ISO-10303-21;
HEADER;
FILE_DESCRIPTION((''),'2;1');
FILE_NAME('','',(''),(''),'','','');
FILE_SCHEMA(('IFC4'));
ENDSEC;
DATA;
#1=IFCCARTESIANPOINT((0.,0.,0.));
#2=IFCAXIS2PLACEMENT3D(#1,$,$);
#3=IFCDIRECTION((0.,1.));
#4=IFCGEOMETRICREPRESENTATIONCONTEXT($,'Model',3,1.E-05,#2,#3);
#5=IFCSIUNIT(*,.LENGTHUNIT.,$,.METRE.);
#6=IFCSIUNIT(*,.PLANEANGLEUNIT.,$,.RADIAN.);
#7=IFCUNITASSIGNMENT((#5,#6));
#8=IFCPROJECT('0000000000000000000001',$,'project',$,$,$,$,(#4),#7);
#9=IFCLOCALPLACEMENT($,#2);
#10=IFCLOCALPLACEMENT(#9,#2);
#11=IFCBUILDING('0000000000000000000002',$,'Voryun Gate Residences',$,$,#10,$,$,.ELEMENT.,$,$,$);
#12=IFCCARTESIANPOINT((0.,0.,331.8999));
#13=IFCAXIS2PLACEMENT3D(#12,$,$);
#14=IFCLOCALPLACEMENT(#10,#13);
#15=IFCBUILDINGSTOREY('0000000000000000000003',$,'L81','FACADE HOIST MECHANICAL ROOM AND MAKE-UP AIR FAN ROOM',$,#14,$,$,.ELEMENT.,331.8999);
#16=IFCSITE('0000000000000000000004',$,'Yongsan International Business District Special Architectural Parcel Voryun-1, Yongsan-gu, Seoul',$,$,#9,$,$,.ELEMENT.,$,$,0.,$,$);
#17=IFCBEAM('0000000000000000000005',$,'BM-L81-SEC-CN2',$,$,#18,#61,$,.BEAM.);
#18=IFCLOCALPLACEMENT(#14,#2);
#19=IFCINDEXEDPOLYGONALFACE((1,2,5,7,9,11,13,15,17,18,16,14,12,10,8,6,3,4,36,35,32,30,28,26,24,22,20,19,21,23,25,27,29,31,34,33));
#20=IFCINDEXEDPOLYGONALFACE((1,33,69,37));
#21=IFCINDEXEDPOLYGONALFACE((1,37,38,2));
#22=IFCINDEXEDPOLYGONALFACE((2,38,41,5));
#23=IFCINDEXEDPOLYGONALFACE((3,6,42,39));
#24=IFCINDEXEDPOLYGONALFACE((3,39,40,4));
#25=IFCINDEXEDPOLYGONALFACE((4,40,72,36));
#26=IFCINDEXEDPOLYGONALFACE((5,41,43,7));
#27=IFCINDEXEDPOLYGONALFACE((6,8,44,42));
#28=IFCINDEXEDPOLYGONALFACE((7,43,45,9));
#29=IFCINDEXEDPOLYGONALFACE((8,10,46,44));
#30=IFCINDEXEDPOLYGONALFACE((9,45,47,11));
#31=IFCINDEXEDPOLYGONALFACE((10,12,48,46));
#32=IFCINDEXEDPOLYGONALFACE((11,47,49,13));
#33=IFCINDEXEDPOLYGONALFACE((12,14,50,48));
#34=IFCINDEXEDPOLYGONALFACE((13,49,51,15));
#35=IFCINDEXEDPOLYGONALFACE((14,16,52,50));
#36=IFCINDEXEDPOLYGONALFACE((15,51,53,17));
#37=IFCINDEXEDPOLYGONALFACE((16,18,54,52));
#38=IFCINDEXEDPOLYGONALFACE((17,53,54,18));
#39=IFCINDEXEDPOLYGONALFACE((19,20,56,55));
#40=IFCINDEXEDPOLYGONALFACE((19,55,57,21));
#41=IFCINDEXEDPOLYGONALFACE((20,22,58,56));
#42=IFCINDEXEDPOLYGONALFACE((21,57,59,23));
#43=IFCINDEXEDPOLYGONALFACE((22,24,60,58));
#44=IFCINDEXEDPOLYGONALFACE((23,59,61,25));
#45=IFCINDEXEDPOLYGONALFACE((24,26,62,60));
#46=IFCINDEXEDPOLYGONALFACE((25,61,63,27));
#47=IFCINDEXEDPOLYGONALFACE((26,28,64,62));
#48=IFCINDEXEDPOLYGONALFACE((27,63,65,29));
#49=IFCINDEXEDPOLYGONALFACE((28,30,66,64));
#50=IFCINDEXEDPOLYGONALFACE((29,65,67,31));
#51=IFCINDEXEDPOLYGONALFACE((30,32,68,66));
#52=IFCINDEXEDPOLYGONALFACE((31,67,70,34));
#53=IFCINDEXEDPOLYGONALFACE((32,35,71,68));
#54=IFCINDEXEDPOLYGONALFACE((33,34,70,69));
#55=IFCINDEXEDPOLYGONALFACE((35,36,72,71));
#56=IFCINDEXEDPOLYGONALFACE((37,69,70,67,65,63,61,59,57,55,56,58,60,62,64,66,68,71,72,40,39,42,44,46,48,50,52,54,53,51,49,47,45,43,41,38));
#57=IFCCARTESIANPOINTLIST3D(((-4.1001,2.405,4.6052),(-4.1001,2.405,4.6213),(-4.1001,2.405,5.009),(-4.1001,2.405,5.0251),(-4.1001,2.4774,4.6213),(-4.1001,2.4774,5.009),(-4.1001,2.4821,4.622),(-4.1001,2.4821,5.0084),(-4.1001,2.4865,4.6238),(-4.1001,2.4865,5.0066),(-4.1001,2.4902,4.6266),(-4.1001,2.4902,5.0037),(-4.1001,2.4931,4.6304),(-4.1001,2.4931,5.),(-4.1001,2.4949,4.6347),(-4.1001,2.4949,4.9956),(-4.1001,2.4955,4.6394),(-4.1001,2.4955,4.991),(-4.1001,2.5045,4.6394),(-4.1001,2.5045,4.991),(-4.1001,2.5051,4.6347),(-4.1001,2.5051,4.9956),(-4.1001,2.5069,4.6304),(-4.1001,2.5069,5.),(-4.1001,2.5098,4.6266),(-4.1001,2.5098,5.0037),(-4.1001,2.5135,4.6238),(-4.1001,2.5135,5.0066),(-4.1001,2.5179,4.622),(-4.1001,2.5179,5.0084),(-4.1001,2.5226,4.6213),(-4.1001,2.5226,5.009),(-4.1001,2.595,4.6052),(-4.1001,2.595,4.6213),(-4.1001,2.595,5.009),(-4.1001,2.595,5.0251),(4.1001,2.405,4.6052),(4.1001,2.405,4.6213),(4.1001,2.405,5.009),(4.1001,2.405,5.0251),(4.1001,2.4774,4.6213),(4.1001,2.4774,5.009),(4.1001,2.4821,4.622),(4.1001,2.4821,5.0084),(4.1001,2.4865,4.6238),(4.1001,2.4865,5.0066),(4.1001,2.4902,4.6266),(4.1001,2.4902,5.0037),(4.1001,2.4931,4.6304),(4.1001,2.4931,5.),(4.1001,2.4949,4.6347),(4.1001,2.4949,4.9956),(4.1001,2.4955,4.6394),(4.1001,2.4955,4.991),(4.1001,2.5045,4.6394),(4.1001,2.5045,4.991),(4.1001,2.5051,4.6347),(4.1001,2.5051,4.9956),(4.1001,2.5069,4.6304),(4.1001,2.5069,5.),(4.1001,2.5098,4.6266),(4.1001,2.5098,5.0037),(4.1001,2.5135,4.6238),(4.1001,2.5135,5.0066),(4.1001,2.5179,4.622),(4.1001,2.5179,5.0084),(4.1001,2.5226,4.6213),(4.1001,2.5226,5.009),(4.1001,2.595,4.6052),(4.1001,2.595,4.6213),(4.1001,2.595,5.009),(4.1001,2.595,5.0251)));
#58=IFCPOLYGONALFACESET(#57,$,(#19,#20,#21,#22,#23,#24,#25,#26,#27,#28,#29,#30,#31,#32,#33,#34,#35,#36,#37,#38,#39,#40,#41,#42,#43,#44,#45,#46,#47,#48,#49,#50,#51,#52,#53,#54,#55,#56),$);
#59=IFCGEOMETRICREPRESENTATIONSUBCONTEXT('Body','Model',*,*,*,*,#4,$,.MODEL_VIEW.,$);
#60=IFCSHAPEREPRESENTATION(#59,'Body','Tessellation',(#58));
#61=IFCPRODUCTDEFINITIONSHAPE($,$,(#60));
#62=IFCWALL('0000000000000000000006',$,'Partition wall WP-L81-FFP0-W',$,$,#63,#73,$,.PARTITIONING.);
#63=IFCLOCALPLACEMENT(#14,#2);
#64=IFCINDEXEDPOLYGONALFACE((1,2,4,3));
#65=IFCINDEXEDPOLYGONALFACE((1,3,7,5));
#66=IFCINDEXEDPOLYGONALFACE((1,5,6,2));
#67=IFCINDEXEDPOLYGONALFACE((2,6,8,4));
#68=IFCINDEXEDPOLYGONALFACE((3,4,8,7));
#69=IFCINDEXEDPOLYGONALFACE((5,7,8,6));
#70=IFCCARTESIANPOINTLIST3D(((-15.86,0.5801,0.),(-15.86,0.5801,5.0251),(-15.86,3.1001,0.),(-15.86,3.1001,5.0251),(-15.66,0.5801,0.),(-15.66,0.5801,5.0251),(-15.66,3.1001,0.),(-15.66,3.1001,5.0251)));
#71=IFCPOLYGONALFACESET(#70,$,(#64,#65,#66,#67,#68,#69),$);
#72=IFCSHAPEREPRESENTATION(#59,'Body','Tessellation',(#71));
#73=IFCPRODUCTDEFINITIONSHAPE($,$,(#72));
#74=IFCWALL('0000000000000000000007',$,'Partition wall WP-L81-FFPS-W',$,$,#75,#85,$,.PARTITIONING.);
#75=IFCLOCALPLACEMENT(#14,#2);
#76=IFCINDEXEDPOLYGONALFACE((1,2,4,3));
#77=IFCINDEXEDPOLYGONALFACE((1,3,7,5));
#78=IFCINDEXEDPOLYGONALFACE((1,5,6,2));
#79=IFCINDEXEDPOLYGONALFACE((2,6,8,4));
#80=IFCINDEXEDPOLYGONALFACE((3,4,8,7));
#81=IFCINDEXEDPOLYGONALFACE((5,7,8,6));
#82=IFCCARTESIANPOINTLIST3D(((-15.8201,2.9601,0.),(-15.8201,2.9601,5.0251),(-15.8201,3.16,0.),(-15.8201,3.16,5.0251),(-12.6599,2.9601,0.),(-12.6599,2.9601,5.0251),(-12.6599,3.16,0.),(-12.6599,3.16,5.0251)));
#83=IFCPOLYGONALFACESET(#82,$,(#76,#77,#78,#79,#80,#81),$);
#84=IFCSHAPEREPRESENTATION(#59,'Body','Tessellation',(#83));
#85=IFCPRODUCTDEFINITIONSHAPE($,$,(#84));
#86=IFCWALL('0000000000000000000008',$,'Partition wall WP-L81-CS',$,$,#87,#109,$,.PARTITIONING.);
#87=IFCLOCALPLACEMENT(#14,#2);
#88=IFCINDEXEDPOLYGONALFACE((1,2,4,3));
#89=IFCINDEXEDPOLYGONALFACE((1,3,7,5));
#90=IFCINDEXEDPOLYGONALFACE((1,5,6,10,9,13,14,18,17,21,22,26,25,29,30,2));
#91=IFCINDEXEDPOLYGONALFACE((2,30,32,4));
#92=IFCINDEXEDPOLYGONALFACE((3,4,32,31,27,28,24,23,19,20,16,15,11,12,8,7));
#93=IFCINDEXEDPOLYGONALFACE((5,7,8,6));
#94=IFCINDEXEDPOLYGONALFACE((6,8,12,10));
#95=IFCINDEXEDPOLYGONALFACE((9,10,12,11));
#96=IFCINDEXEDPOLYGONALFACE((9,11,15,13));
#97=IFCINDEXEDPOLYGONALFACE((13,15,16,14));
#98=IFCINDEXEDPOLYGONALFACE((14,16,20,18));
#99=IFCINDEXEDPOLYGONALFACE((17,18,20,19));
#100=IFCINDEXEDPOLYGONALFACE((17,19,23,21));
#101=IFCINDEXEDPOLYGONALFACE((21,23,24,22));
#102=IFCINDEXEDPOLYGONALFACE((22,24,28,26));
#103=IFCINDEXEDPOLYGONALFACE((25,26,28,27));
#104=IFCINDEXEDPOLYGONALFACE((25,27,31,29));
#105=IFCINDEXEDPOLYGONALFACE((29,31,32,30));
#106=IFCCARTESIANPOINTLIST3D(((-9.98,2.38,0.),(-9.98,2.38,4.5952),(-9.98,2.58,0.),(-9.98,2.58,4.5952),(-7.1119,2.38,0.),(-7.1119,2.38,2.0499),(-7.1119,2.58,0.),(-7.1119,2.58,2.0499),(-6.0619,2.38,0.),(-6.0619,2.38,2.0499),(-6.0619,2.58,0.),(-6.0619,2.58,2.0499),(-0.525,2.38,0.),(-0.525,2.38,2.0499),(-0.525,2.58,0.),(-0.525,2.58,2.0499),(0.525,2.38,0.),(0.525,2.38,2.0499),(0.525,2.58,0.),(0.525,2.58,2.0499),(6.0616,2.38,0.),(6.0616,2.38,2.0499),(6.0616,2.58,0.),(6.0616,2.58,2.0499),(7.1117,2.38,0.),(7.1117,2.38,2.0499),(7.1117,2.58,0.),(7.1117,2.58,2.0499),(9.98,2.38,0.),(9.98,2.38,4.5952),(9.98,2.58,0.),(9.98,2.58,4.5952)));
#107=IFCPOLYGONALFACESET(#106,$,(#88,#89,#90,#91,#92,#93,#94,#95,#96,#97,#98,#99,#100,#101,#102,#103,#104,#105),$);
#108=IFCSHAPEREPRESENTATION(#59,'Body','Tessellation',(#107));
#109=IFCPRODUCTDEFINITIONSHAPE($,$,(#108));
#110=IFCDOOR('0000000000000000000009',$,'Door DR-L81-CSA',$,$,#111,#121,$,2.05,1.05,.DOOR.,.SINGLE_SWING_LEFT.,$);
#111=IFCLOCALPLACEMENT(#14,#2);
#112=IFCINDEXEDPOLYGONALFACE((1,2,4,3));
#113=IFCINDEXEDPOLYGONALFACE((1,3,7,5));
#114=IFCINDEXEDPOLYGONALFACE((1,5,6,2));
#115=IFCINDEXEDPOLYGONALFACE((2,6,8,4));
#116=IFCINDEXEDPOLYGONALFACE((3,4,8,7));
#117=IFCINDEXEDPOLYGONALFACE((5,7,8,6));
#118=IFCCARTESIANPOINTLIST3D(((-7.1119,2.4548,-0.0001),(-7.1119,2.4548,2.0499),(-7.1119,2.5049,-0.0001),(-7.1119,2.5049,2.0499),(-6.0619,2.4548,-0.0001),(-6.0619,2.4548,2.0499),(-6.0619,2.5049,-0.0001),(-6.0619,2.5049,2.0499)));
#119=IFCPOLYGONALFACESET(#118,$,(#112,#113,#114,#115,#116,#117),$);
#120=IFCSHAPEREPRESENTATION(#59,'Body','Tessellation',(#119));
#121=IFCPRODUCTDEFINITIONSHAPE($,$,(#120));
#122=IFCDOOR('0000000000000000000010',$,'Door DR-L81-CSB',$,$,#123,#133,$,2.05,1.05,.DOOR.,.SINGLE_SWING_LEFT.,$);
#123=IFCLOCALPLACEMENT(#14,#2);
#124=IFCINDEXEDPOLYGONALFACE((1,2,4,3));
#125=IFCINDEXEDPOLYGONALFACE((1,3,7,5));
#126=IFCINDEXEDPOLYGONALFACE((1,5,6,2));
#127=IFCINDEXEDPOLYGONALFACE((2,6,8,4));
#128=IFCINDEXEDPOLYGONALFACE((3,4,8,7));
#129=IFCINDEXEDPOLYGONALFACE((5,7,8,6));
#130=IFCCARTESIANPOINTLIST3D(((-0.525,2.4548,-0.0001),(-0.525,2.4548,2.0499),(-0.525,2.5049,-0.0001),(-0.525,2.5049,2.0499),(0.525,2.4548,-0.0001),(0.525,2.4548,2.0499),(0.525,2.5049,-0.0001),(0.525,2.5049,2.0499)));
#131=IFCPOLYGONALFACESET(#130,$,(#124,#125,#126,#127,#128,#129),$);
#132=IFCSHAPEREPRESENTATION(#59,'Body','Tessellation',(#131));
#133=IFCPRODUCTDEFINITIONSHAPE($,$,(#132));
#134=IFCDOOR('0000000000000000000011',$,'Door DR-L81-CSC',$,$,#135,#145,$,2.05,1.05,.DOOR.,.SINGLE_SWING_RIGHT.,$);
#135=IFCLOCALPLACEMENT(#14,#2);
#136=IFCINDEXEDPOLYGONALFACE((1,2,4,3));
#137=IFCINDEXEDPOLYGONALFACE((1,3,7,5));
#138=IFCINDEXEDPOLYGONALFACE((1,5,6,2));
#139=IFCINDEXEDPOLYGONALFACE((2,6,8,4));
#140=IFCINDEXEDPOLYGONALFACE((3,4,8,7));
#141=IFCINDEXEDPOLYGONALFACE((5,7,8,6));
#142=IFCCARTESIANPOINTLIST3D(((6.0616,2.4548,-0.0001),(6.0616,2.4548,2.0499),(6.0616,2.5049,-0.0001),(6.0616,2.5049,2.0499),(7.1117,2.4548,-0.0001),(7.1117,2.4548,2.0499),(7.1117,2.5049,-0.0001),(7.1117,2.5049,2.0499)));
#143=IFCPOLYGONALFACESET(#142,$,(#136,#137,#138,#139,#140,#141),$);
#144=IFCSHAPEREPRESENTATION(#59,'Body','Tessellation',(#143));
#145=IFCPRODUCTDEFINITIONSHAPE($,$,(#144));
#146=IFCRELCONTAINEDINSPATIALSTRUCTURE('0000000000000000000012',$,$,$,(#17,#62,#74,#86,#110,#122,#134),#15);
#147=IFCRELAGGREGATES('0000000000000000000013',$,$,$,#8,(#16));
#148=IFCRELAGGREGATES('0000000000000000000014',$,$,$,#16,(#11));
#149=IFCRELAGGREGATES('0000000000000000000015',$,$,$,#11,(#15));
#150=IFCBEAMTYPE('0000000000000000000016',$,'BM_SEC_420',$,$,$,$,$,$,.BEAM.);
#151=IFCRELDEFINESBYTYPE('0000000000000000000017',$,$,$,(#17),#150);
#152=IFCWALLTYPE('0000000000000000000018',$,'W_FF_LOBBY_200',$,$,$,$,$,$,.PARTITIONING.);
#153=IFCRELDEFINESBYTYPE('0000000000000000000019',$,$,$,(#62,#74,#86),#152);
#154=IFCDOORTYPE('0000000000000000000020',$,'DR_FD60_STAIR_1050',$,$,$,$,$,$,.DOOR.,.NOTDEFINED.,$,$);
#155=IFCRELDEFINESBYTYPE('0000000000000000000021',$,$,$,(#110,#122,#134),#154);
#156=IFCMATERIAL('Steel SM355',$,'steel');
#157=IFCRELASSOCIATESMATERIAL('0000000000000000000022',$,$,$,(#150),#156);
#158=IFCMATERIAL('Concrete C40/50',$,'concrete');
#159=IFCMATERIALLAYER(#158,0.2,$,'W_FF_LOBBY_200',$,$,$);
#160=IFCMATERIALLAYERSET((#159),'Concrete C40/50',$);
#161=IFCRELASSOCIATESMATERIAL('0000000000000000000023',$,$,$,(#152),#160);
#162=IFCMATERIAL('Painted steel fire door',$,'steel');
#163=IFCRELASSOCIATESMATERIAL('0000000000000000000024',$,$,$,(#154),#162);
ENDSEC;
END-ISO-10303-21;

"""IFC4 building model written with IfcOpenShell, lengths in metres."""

from ifc_helpers import new_model, si_unit, direction, frame, frame_2d, origin, origin_2d, place, context, subcontext, project, spatial, rectangle, i_section, extrude, material, layer, layer_set, material_profile, profile_set, type_object, element, fill, save


model = new_model("IFC4")

# Units and contexts
model_context = context("Model", 3, precision=1e-05, world=origin(), true_north=direction((0.0, 1.0)))
body_context = subcontext(model_context, "Body", "Model", "MODEL_VIEW")
ifc_project = project(units=[si_unit("LENGTHUNIT", "METRE"), si_unit("PLANEANGLEUNIT", "RADIAN")], contexts=[model_context])

# Site, building, storey
site_placement = place(None, origin())
site = spatial("IfcSite", under=ifc_project, at=site_placement, Name="Yongsan International Business District Special Architectural Parcel Voryun-1, Yongsan-gu, Seoul", CompositionType="ELEMENT", RefElevation=0.0)
building_placement = place(site_placement, origin())
building = spatial("IfcBuilding", under=site, at=building_placement, Name="Voryun Gate Residences", CompositionType="ELEMENT")
storey_placement = place(building_placement, frame((0.0, 0.0, 331.8999)))
storey = spatial("IfcBuildingStorey", under=building, at=storey_placement, Name="L81", Description="FACADE HOIST MECHANICAL ROOM AND MAKE-UP AIR FAN ROOM", CompositionType="ELEMENT", Elevation=331.8999)

# Beam
ifc_material_1 = material(Name="Steel SM355", Category="steel")
ifc_material_profile_1 = material_profile(ifc_material_1, i_section(OverallWidth=0.1899, OverallDepth=0.4199, WebThickness=0.009, FlangeThickness=0.0161, FilletRadius=0.0181, at=origin_2d()), Name="H-420x190x9x16")
ifc_profile_set_1 = profile_set([ifc_material_profile_1], Name="Steel SM355")
beam_type = type_object("IfcBeamType", Name="BM_SEC_420", PredefinedType="BEAM", material=ifc_profile_set_1)
beam_1_placement = place(storey_placement, frame((-4.1001, 2.5, 4.8152), z_axis=(1.0, 0.0, 0.0), x_axis=(0.0, 1.0, 0.0)))
element("IfcBeam", 1, at=beam_1_placement, inside=storey, type_object=beam_type, Name="BM-L81-SEC-CN2", PredefinedType="BEAM", context=body_context, shape_type="SweptSolid", body=[
    extrude(i_section(OverallWidth=0.1899, OverallDepth=0.4199, WebThickness=0.009, FlangeThickness=0.0161, FilletRadius=0.0181, at=origin_2d()), origin(), (0.0, 0.0, 1.0), 8.2002),
])

# Walls
ifc_material_2 = material(Name="Concrete C40/50", Category="concrete")
ifc_layer_1 = layer(ifc_material_2, 0.2, Name="W_FF_LOBBY_200")
ifc_layer_set_1 = layer_set([ifc_layer_1], Name="Concrete C40/50")
wall_type_1 = type_object("IfcWallType", Name="W_FF_LOBBY_200", PredefinedType="PARTITIONING", material=ifc_layer_set_1)
wall_1_placement = place(storey_placement, frame((-15.76, 0.5801, 0.0), z_axis=(0.0, 0.0, 1.0), x_axis=(0.0, 1.0, 0.0)))
element("IfcWall", 2, at=wall_1_placement, inside=storey, type_object=wall_type_1, Name="Partition wall WP-L81-FFP0-W", PredefinedType="PARTITIONING", context=body_context, shape_type="SweptSolid", body=[
    extrude(rectangle(XDim=2.52, YDim=0.2, at=frame_2d((1.26, 0.0))), origin(), (0.0, 0.0, 1.0), 5.0251),
])
wall_2_placement = place(storey_placement, frame((-15.8201, 3.0601, 0.0), z_axis=(0.0, 0.0, 1.0), x_axis=(1.0, 0.0, 0.0)))
element("IfcWall", 3, at=wall_2_placement, inside=storey, type_object=wall_type_1, Name="Partition wall WP-L81-FFPS-W", PredefinedType="PARTITIONING", context=body_context, shape_type="SweptSolid", body=[
    extrude(rectangle(XDim=3.1602, YDim=0.2, at=frame_2d((1.5801, 0.0))), origin(), (0.0, 0.0, 1.0), 5.0251),
])

# Wall, openings, doors
wall_3_placement = place(storey_placement, frame((-9.98, 2.48, 0.0), z_axis=(0.0, 0.0, 1.0), x_axis=(1.0, 0.0, 0.0)))
wall_3 = element("IfcWall", 4, at=wall_3_placement, inside=storey, type_object=wall_type_1, Name="Partition wall WP-L81-CS", PredefinedType="PARTITIONING", context=body_context, shape_type="SweptSolid", body=[
    extrude(rectangle(XDim=19.96, YDim=0.2, at=frame_2d((9.98, 0.0))), origin(), (0.0, 0.0, 1.0), 4.5952),
])
opening_1_placement = place(wall_3_placement, frame((2.8682, 0.0, 0.0)))
opening_1 = element("IfcOpeningElement", 5, at=opening_1_placement, cuts=wall_3, PredefinedType="OPENING", context=body_context, shape_type="SweptSolid", body=[
    extrude(rectangle(XDim=1.05, YDim=2.05, at=frame_2d((0.5249, 1.0249))), frame((0.0, 0.1101, 0.0), z_axis=(0.0, -1.0, 0.0), x_axis=(1.0, 0.0, 0.0)), (0.0, 0.0, 1.0), 0.22),
])
opening_2_placement = place(wall_3_placement, frame((9.4551, 0.0, 0.0)))
opening_2 = element("IfcOpeningElement", 6, at=opening_2_placement, cuts=wall_3, PredefinedType="OPENING", context=body_context, shape_type="SweptSolid", body=[
    extrude(rectangle(XDim=1.05, YDim=2.05, at=frame_2d((0.5249, 1.0249))), frame((0.0, 0.1101, 0.0), z_axis=(0.0, -1.0, 0.0), x_axis=(1.0, 0.0, 0.0)), (0.0, 0.0, 1.0), 0.22),
])
opening_3_placement = place(wall_3_placement, frame((16.0417, 0.0, 0.0)))
opening_3 = element("IfcOpeningElement", 7, at=opening_3_placement, cuts=wall_3, PredefinedType="OPENING", context=body_context, shape_type="SweptSolid", body=[
    extrude(rectangle(XDim=1.05, YDim=2.05, at=frame_2d((0.5249, 1.0249))), frame((0.0, 0.1101, 0.0), z_axis=(0.0, -1.0, 0.0), x_axis=(1.0, 0.0, 0.0)), (0.0, 0.0, 1.0), 0.22),
])
ifc_material_3 = material(Name="Painted steel fire door", Category="steel")
door_type_1 = type_object("IfcDoorType", Name="DR_FD60_STAIR_1050", OperationType="NOTDEFINED", PredefinedType="DOOR", material=ifc_material_3)
door_1_placement = place(opening_1_placement, origin())
door_1 = element("IfcDoor", 8, at=door_1_placement, inside=storey, type_object=door_type_1, Name="Door DR-L81-CSA", OperationType="SINGLE_SWING_LEFT", OverallHeight=2.05, OverallWidth=1.05, PredefinedType="DOOR", context=body_context, shape_type="SweptSolid", body=[
    extrude(rectangle(XDim=1.05, YDim=2.05, at=frame_2d((0.5249, 1.0249))), frame((0.0, 0.0249, 0.0), z_axis=(0.0, -1.0, 0.0), x_axis=(1.0, 0.0, 0.0)), (0.0, 0.0, 1.0), 0.05),
])
fill(opening_1, door_1)
door_2_placement = place(opening_2_placement, origin())
door_2 = element("IfcDoor", 9, at=door_2_placement, inside=storey, type_object=door_type_1, Name="Door DR-L81-CSB", OperationType="SINGLE_SWING_LEFT", OverallHeight=2.05, OverallWidth=1.05, PredefinedType="DOOR", context=body_context, shape_type="SweptSolid", body=[
    extrude(rectangle(XDim=1.05, YDim=2.05, at=frame_2d((0.5249, 1.0249))), frame((0.0, 0.0249, 0.0), z_axis=(0.0, -1.0, 0.0), x_axis=(1.0, 0.0, 0.0)), (0.0, 0.0, 1.0), 0.05),
])
fill(opening_2, door_2)
door_3_placement = place(opening_3_placement, origin())
door_3 = element("IfcDoor", 10, at=door_3_placement, inside=storey, type_object=door_type_1, Name="Door DR-L81-CSC", OperationType="SINGLE_SWING_RIGHT", OverallHeight=2.05, OverallWidth=1.05, PredefinedType="DOOR", context=body_context, shape_type="SweptSolid", body=[
    extrude(rectangle(XDim=1.05, YDim=2.05, at=frame_2d((0.5249, 1.0249))), frame((0.0, 0.0249, 0.0), z_axis=(0.0, -1.0, 0.0), x_axis=(1.0, 0.0, 0.0)), (0.0, 0.0, 1.0), 0.05),
])
fill(opening_3, door_3)

save(model, "model.ifc")
